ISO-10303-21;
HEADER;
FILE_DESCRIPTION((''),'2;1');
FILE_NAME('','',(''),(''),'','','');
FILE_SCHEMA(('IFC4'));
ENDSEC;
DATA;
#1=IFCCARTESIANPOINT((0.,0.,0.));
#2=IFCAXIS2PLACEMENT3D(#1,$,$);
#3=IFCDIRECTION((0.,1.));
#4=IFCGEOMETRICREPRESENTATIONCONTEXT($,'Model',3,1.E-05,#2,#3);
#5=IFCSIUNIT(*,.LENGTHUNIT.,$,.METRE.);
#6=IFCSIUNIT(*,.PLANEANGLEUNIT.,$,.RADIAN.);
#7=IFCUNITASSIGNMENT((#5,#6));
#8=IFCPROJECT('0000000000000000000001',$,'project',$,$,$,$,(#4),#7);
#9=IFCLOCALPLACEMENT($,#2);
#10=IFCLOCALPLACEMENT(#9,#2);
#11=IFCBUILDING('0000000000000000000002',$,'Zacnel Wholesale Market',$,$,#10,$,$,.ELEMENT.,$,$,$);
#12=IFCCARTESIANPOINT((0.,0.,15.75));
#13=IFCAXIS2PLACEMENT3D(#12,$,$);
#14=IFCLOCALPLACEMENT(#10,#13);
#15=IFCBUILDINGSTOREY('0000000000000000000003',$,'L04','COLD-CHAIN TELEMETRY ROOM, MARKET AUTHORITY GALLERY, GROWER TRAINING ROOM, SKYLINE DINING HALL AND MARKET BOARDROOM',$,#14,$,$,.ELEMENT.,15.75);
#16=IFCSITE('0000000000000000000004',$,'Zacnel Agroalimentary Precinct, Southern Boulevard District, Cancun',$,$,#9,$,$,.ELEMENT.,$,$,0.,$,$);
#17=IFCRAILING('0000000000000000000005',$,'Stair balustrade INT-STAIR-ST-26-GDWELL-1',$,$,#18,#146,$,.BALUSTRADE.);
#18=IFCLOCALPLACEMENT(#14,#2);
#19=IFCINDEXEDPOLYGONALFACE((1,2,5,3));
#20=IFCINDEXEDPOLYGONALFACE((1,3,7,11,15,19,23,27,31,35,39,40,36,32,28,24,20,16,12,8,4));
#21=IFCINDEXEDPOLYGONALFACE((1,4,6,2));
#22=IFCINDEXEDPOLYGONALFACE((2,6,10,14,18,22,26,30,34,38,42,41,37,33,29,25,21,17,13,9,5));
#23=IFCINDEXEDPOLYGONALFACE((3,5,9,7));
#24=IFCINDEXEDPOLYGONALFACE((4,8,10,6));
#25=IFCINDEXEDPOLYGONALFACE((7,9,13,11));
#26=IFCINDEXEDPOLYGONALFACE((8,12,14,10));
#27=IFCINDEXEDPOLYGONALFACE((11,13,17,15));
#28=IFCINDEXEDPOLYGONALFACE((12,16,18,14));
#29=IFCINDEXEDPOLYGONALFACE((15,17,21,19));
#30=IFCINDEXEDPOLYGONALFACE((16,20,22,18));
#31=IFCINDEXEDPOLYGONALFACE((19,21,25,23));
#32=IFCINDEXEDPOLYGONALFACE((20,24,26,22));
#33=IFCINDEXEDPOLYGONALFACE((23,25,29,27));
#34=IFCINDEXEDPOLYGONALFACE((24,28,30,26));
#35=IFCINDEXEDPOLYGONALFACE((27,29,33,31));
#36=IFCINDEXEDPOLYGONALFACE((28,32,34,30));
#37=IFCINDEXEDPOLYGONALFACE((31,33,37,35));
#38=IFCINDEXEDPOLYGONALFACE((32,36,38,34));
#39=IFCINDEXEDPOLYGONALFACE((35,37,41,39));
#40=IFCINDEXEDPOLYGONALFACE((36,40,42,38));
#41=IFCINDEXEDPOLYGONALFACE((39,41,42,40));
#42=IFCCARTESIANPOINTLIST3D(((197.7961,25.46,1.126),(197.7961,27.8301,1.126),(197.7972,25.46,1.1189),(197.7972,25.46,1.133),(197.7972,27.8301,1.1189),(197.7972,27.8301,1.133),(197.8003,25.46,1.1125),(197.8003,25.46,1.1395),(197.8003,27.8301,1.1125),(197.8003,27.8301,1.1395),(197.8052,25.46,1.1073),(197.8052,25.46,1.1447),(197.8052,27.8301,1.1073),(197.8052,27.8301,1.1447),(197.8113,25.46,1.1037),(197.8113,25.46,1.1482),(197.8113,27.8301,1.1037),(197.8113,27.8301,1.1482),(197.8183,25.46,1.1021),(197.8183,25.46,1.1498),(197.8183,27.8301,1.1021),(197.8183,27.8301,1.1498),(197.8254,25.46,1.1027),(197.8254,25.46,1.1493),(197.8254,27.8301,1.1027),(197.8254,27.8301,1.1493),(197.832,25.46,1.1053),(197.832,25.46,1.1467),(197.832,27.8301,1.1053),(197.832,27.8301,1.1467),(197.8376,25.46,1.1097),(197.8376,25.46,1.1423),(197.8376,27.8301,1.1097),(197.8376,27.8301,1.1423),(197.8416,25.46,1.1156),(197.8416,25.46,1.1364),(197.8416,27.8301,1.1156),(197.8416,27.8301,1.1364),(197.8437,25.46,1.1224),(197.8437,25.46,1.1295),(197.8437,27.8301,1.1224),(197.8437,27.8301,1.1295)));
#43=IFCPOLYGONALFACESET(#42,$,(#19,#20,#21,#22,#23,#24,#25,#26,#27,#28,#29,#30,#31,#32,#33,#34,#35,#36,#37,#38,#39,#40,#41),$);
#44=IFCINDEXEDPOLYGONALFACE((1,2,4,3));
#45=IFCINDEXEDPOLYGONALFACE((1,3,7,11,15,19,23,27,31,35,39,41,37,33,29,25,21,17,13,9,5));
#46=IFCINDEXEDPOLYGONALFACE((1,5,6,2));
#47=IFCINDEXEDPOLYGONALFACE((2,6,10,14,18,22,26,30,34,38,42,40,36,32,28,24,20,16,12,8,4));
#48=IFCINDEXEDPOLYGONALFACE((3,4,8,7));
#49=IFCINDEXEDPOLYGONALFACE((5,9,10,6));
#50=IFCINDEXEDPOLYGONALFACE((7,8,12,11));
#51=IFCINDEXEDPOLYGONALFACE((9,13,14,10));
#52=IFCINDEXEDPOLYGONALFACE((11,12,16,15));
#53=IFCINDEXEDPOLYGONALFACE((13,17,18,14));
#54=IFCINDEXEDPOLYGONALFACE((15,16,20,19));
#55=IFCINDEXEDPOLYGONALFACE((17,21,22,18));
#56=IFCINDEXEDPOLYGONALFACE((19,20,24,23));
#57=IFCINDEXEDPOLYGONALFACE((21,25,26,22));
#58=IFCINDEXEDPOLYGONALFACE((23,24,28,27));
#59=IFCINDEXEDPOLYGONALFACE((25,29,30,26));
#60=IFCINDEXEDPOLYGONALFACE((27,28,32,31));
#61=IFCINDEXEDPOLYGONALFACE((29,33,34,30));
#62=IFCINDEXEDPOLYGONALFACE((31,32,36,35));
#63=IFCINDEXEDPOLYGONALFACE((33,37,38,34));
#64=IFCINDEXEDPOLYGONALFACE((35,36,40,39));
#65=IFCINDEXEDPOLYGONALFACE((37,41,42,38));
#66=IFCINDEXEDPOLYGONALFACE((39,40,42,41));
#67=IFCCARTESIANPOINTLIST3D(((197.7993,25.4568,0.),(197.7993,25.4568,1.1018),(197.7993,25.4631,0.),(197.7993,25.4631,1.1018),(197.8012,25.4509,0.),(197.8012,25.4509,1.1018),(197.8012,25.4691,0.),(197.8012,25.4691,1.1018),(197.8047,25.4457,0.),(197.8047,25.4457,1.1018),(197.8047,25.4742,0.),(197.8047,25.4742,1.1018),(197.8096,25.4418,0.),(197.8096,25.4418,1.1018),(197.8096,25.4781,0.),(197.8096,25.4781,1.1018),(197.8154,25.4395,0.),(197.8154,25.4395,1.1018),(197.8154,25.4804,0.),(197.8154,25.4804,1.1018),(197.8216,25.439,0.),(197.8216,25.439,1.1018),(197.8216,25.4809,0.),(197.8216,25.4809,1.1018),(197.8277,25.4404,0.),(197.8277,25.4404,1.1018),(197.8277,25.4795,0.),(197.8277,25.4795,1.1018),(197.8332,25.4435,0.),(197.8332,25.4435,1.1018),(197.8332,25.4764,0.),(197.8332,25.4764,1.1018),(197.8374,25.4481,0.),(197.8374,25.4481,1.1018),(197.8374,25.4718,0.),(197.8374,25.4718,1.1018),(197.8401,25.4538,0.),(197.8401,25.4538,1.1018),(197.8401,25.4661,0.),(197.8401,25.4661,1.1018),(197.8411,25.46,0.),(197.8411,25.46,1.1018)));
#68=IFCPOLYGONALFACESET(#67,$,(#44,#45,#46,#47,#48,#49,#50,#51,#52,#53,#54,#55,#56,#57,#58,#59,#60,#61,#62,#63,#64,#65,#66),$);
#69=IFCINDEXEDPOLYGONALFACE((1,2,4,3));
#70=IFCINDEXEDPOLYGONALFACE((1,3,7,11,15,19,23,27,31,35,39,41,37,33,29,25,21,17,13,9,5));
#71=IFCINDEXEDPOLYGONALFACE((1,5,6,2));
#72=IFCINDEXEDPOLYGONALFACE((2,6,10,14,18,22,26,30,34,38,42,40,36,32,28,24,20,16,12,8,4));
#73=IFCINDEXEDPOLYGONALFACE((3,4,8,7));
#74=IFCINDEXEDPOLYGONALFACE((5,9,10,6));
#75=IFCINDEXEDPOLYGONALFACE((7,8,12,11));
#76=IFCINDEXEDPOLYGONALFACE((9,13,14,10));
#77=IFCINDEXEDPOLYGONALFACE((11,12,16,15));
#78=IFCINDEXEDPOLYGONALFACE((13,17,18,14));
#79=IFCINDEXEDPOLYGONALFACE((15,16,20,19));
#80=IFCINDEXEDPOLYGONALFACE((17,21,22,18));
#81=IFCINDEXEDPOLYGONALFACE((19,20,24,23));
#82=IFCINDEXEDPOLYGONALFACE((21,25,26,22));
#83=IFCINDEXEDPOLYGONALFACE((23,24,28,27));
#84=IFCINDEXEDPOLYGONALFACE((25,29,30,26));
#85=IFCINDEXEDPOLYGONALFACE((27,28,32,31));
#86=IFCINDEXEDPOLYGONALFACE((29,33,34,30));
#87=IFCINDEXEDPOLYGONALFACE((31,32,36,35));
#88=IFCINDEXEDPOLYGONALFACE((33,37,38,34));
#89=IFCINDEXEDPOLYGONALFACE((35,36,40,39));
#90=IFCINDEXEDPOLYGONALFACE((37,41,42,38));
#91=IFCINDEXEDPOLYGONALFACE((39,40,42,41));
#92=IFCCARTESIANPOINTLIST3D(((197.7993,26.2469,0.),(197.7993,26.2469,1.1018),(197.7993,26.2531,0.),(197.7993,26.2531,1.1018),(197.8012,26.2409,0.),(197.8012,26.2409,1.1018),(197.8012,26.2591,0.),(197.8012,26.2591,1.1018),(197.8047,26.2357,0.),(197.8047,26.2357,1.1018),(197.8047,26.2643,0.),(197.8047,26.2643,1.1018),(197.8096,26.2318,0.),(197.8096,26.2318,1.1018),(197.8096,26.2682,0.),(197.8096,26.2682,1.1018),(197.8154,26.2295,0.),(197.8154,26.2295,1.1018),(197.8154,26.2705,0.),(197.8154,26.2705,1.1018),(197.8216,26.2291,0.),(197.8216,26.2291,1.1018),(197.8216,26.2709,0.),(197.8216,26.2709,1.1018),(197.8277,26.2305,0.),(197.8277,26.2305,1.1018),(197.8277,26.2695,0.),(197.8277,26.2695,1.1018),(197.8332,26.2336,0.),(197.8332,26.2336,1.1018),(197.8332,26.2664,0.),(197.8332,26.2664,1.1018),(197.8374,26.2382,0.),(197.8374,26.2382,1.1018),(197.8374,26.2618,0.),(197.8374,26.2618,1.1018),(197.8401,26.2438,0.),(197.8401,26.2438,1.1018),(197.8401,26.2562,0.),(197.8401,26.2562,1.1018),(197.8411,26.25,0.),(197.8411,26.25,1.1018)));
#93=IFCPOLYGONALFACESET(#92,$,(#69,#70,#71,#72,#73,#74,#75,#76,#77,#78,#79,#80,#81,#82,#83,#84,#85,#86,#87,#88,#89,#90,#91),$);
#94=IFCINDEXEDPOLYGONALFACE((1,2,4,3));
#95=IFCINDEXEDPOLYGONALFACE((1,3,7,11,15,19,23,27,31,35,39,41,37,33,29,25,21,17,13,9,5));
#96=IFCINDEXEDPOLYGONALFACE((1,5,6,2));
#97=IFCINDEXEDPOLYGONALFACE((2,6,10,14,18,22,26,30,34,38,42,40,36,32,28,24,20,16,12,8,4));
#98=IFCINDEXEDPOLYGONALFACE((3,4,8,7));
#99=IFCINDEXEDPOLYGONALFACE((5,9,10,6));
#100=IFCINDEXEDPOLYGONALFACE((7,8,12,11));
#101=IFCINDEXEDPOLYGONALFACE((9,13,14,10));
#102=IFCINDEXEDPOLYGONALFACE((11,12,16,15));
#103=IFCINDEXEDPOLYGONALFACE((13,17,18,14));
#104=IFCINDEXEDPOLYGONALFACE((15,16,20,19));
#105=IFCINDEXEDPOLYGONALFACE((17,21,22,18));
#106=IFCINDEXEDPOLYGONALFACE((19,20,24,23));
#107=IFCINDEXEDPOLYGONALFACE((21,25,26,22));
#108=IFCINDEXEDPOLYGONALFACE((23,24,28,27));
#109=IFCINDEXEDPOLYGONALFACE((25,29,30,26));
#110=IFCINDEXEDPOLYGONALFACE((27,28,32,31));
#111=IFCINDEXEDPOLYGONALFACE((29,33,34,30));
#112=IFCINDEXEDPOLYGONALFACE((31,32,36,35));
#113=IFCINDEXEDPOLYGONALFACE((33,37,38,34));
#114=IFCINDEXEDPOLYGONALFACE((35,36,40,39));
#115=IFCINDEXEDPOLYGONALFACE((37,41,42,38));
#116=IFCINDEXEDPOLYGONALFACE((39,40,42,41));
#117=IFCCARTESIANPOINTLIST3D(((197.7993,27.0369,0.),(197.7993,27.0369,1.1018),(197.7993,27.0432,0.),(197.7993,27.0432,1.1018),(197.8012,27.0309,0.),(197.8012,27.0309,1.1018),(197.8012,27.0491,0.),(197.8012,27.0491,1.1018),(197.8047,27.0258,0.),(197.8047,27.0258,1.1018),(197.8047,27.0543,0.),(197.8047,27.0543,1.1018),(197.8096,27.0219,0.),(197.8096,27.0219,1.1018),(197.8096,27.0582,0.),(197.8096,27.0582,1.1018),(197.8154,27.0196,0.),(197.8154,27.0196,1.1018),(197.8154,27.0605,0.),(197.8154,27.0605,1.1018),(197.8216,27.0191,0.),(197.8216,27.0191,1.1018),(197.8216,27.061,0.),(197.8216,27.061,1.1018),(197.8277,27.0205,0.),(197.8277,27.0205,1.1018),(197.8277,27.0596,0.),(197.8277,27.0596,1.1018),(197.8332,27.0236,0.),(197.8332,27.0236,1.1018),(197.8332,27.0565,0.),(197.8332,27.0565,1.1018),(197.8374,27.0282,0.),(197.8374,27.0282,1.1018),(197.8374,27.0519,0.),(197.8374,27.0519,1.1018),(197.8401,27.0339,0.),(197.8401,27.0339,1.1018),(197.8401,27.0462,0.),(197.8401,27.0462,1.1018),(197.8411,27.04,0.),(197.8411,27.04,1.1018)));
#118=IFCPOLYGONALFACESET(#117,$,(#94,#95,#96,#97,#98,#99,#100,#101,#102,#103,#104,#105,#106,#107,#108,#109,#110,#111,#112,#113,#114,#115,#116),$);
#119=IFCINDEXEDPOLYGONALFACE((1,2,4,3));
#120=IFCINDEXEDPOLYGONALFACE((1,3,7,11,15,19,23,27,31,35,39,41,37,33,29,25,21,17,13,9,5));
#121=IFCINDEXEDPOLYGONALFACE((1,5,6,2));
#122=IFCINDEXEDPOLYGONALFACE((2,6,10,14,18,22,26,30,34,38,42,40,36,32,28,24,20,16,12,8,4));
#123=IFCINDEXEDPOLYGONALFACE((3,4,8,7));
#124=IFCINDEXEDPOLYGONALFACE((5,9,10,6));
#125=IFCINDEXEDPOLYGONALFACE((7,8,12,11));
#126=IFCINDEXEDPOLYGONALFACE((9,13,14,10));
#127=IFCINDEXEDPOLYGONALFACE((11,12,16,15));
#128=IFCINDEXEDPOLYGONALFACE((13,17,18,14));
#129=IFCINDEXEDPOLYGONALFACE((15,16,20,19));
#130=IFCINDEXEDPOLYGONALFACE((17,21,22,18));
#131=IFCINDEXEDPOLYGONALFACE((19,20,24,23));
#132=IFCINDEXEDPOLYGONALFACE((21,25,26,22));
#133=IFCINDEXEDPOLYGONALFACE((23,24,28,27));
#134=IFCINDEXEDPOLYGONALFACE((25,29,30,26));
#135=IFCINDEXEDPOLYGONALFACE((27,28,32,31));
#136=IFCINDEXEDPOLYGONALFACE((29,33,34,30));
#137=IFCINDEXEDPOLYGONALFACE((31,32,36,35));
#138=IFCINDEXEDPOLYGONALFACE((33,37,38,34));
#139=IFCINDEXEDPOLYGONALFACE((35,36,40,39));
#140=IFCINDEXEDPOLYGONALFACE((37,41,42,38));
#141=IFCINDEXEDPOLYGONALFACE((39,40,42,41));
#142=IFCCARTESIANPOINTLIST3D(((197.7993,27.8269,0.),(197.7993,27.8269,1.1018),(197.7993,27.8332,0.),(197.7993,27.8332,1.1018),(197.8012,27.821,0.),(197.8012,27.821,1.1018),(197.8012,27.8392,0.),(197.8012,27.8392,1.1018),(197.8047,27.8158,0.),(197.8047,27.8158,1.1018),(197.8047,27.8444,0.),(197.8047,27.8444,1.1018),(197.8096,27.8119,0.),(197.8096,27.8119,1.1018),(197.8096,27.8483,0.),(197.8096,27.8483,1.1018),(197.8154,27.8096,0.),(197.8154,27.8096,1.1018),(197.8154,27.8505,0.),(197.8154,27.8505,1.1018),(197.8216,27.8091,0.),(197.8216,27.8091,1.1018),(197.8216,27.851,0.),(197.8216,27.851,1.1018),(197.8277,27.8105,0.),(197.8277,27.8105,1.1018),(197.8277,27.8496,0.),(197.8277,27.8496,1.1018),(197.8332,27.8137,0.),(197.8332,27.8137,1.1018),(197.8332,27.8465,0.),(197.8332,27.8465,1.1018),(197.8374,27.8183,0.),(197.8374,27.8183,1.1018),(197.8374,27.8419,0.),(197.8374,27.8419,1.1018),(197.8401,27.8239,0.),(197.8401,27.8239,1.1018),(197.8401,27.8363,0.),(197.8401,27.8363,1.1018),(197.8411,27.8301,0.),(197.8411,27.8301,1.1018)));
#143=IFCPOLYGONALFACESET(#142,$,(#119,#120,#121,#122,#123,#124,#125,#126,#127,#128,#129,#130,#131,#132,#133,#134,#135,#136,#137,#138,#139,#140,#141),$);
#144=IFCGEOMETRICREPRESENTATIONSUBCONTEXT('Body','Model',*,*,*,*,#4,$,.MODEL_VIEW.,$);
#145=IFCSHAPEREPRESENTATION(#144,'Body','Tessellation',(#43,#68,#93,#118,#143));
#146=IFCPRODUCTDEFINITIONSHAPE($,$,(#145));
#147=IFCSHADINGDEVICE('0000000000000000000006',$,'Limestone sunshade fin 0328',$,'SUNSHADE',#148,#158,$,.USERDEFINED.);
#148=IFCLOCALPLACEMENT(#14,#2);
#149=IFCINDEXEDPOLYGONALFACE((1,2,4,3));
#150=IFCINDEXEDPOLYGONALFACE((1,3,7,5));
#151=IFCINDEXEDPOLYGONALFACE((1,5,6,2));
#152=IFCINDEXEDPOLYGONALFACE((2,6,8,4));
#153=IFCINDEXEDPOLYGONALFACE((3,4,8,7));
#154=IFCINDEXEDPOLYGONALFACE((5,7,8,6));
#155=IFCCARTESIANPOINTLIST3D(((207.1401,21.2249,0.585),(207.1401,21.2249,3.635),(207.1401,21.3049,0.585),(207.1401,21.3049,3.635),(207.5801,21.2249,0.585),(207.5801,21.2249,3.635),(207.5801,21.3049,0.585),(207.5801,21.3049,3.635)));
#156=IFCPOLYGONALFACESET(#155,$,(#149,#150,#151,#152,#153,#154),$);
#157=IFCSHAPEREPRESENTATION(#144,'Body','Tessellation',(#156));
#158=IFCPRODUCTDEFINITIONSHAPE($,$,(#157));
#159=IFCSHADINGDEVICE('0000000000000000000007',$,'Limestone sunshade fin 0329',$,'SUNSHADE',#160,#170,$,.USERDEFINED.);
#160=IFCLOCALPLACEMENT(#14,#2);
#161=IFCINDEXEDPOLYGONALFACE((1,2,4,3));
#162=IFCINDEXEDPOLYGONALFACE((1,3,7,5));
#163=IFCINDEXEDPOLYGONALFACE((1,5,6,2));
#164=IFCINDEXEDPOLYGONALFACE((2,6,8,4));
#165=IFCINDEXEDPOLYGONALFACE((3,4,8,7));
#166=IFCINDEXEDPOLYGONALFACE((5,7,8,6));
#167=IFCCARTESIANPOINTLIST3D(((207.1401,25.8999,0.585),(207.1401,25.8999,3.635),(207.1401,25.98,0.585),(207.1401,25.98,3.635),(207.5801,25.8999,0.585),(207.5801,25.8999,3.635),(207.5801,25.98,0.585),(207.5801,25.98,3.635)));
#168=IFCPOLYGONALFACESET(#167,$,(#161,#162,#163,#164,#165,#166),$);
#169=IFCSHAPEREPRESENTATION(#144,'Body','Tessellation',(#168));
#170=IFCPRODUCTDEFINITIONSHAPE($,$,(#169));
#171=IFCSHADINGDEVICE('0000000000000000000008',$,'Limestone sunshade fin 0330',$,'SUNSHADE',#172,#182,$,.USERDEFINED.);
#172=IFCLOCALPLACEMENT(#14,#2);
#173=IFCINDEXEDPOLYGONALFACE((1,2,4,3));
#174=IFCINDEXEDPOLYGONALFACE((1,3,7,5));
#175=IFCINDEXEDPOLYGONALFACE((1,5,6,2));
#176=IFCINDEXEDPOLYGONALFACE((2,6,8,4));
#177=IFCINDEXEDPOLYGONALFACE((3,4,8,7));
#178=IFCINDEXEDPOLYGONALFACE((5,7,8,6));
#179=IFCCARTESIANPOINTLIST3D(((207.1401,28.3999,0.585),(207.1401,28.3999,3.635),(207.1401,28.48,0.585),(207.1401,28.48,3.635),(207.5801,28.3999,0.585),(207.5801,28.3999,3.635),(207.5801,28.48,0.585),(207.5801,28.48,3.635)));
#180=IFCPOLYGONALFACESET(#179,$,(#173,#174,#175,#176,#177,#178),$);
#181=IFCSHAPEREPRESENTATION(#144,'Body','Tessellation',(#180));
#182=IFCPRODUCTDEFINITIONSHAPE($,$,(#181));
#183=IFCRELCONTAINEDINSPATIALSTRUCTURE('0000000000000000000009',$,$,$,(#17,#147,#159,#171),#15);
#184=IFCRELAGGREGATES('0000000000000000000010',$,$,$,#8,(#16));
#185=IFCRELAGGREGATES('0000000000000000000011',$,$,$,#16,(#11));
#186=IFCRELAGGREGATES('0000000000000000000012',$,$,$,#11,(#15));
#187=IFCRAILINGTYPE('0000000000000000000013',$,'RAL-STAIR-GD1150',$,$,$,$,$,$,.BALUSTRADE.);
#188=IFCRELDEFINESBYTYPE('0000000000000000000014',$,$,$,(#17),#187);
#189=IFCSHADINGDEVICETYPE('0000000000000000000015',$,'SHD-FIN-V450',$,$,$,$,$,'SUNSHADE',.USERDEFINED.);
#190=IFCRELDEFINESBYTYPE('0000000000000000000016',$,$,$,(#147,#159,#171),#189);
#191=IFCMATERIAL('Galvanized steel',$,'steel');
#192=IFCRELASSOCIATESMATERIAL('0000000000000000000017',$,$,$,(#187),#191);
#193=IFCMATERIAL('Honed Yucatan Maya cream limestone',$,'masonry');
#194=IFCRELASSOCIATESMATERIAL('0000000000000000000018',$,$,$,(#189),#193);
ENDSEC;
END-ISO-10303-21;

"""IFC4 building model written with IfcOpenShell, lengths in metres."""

from ifc_helpers import new_model, si_unit, direction, frame, origin, origin_2d, place, context, subcontext, project, spatial, rectangle, circle, extrude, material, type_object, element, save


model = new_model("IFC4")

# Units and contexts
model_context = context("Model", 3, precision=1e-05, world=origin(), true_north=direction((0.0, 1.0)))
body_context = subcontext(model_context, "Body", "Model", "MODEL_VIEW")
ifc_project = project(units=[si_unit("LENGTHUNIT", "METRE"), si_unit("PLANEANGLEUNIT", "RADIAN")], contexts=[model_context])

# Site, building, storey
site_placement = place(None, origin())
site = spatial("IfcSite", under=ifc_project, at=site_placement, Name="Zacnel Agroalimentary Precinct, Southern Boulevard District, Cancun", CompositionType="ELEMENT", RefElevation=0.0)
building_placement = place(site_placement, origin())
building = spatial("IfcBuilding", under=site, at=building_placement, Name="Zacnel Wholesale Market", CompositionType="ELEMENT")
storey_placement = place(building_placement, frame((0.0, 0.0, 15.75)))
storey = spatial("IfcBuildingStorey", under=building, at=storey_placement, Name="L04", Description="COLD-CHAIN TELEMETRY ROOM, MARKET AUTHORITY GALLERY, GROWER TRAINING ROOM, SKYLINE DINING HALL AND MARKET BOARDROOM", CompositionType="ELEMENT", Elevation=15.75)

# Railing
ifc_material_1 = material(Name="Galvanized steel", Category="steel")
railing_type = type_object("IfcRailingType", Name="RAL-STAIR-GD1150", PredefinedType="BALUSTRADE", material=ifc_material_1)
railing_placement = place(storey_placement, frame((197.8201, 25.46, 0.0)))
element("IfcRailing", 1, at=railing_placement, inside=storey, type_object=railing_type, Name="Stair balustrade INT-STAIR-ST-26-GDWELL-1", PredefinedType="BALUSTRADE", context=body_context, shape_type="SweptSolid", body=[
    extrude(circle(Radius=0.0239, at=origin_2d()), frame((0.0, 0.0, 1.126), z_axis=(0.0, 1.0, 0.0), x_axis=(-1.0, 0.0, 0.0)), (0.0, 0.0, 1.0), 2.3701),
    extrude(circle(Radius=0.021, at=origin_2d()), origin(), (0.0, 0.0, 1.0), 1.1018),
    extrude(circle(Radius=0.021, at=origin_2d()), frame((0.0, 0.79, 0.0)), (0.0, 0.0, 1.0), 1.1018),
    extrude(circle(Radius=0.021, at=origin_2d()), frame((0.0, 1.5801, 0.0)), (0.0, 0.0, 1.0), 1.1018),
    extrude(circle(Radius=0.021, at=origin_2d()), frame((0.0, 2.3701, 0.0)), (0.0, 0.0, 1.0), 1.1018),
])

# Shading devices
ifc_material_2 = material(Name="Honed Yucatan Maya cream limestone", Category="masonry")
shading_device_type = type_object("IfcShadingDeviceType", Name="SHD-FIN-V450", ElementType="SUNSHADE", PredefinedType="USERDEFINED", material=ifc_material_2)
for number, where, z_axis, x_axis, name in (
    (2, (207.3601, 21.2649, 0.585), (0.0, 0.0, 1.0), (0.0, 1.0, 0.0), "Limestone sunshade fin 0328"),
    (3, (207.3601, 25.9399, 0.585), (0.0, 0.0, 1.0), (0.0, 1.0, 0.0), "Limestone sunshade fin 0329"),
    (4, (207.3601, 28.4399, 0.585), (0.0, 0.0, 1.0), (0.0, 1.0, 0.0), "Limestone sunshade fin 0330"),
):
    element("IfcShadingDevice", number, at=place(storey_placement, frame(where, z_axis=z_axis, x_axis=x_axis)), inside=storey, type_object=shading_device_type, Name=name, ObjectType="SUNSHADE", PredefinedType="USERDEFINED", context=body_context, shape_type="SweptSolid", body=[
        extrude(rectangle(XDim=0.0801, YDim=0.4399, at=origin_2d()), origin(), (0.0, 0.0, 1.0), 3.05),
    ])

save(model, "model.ifc")
